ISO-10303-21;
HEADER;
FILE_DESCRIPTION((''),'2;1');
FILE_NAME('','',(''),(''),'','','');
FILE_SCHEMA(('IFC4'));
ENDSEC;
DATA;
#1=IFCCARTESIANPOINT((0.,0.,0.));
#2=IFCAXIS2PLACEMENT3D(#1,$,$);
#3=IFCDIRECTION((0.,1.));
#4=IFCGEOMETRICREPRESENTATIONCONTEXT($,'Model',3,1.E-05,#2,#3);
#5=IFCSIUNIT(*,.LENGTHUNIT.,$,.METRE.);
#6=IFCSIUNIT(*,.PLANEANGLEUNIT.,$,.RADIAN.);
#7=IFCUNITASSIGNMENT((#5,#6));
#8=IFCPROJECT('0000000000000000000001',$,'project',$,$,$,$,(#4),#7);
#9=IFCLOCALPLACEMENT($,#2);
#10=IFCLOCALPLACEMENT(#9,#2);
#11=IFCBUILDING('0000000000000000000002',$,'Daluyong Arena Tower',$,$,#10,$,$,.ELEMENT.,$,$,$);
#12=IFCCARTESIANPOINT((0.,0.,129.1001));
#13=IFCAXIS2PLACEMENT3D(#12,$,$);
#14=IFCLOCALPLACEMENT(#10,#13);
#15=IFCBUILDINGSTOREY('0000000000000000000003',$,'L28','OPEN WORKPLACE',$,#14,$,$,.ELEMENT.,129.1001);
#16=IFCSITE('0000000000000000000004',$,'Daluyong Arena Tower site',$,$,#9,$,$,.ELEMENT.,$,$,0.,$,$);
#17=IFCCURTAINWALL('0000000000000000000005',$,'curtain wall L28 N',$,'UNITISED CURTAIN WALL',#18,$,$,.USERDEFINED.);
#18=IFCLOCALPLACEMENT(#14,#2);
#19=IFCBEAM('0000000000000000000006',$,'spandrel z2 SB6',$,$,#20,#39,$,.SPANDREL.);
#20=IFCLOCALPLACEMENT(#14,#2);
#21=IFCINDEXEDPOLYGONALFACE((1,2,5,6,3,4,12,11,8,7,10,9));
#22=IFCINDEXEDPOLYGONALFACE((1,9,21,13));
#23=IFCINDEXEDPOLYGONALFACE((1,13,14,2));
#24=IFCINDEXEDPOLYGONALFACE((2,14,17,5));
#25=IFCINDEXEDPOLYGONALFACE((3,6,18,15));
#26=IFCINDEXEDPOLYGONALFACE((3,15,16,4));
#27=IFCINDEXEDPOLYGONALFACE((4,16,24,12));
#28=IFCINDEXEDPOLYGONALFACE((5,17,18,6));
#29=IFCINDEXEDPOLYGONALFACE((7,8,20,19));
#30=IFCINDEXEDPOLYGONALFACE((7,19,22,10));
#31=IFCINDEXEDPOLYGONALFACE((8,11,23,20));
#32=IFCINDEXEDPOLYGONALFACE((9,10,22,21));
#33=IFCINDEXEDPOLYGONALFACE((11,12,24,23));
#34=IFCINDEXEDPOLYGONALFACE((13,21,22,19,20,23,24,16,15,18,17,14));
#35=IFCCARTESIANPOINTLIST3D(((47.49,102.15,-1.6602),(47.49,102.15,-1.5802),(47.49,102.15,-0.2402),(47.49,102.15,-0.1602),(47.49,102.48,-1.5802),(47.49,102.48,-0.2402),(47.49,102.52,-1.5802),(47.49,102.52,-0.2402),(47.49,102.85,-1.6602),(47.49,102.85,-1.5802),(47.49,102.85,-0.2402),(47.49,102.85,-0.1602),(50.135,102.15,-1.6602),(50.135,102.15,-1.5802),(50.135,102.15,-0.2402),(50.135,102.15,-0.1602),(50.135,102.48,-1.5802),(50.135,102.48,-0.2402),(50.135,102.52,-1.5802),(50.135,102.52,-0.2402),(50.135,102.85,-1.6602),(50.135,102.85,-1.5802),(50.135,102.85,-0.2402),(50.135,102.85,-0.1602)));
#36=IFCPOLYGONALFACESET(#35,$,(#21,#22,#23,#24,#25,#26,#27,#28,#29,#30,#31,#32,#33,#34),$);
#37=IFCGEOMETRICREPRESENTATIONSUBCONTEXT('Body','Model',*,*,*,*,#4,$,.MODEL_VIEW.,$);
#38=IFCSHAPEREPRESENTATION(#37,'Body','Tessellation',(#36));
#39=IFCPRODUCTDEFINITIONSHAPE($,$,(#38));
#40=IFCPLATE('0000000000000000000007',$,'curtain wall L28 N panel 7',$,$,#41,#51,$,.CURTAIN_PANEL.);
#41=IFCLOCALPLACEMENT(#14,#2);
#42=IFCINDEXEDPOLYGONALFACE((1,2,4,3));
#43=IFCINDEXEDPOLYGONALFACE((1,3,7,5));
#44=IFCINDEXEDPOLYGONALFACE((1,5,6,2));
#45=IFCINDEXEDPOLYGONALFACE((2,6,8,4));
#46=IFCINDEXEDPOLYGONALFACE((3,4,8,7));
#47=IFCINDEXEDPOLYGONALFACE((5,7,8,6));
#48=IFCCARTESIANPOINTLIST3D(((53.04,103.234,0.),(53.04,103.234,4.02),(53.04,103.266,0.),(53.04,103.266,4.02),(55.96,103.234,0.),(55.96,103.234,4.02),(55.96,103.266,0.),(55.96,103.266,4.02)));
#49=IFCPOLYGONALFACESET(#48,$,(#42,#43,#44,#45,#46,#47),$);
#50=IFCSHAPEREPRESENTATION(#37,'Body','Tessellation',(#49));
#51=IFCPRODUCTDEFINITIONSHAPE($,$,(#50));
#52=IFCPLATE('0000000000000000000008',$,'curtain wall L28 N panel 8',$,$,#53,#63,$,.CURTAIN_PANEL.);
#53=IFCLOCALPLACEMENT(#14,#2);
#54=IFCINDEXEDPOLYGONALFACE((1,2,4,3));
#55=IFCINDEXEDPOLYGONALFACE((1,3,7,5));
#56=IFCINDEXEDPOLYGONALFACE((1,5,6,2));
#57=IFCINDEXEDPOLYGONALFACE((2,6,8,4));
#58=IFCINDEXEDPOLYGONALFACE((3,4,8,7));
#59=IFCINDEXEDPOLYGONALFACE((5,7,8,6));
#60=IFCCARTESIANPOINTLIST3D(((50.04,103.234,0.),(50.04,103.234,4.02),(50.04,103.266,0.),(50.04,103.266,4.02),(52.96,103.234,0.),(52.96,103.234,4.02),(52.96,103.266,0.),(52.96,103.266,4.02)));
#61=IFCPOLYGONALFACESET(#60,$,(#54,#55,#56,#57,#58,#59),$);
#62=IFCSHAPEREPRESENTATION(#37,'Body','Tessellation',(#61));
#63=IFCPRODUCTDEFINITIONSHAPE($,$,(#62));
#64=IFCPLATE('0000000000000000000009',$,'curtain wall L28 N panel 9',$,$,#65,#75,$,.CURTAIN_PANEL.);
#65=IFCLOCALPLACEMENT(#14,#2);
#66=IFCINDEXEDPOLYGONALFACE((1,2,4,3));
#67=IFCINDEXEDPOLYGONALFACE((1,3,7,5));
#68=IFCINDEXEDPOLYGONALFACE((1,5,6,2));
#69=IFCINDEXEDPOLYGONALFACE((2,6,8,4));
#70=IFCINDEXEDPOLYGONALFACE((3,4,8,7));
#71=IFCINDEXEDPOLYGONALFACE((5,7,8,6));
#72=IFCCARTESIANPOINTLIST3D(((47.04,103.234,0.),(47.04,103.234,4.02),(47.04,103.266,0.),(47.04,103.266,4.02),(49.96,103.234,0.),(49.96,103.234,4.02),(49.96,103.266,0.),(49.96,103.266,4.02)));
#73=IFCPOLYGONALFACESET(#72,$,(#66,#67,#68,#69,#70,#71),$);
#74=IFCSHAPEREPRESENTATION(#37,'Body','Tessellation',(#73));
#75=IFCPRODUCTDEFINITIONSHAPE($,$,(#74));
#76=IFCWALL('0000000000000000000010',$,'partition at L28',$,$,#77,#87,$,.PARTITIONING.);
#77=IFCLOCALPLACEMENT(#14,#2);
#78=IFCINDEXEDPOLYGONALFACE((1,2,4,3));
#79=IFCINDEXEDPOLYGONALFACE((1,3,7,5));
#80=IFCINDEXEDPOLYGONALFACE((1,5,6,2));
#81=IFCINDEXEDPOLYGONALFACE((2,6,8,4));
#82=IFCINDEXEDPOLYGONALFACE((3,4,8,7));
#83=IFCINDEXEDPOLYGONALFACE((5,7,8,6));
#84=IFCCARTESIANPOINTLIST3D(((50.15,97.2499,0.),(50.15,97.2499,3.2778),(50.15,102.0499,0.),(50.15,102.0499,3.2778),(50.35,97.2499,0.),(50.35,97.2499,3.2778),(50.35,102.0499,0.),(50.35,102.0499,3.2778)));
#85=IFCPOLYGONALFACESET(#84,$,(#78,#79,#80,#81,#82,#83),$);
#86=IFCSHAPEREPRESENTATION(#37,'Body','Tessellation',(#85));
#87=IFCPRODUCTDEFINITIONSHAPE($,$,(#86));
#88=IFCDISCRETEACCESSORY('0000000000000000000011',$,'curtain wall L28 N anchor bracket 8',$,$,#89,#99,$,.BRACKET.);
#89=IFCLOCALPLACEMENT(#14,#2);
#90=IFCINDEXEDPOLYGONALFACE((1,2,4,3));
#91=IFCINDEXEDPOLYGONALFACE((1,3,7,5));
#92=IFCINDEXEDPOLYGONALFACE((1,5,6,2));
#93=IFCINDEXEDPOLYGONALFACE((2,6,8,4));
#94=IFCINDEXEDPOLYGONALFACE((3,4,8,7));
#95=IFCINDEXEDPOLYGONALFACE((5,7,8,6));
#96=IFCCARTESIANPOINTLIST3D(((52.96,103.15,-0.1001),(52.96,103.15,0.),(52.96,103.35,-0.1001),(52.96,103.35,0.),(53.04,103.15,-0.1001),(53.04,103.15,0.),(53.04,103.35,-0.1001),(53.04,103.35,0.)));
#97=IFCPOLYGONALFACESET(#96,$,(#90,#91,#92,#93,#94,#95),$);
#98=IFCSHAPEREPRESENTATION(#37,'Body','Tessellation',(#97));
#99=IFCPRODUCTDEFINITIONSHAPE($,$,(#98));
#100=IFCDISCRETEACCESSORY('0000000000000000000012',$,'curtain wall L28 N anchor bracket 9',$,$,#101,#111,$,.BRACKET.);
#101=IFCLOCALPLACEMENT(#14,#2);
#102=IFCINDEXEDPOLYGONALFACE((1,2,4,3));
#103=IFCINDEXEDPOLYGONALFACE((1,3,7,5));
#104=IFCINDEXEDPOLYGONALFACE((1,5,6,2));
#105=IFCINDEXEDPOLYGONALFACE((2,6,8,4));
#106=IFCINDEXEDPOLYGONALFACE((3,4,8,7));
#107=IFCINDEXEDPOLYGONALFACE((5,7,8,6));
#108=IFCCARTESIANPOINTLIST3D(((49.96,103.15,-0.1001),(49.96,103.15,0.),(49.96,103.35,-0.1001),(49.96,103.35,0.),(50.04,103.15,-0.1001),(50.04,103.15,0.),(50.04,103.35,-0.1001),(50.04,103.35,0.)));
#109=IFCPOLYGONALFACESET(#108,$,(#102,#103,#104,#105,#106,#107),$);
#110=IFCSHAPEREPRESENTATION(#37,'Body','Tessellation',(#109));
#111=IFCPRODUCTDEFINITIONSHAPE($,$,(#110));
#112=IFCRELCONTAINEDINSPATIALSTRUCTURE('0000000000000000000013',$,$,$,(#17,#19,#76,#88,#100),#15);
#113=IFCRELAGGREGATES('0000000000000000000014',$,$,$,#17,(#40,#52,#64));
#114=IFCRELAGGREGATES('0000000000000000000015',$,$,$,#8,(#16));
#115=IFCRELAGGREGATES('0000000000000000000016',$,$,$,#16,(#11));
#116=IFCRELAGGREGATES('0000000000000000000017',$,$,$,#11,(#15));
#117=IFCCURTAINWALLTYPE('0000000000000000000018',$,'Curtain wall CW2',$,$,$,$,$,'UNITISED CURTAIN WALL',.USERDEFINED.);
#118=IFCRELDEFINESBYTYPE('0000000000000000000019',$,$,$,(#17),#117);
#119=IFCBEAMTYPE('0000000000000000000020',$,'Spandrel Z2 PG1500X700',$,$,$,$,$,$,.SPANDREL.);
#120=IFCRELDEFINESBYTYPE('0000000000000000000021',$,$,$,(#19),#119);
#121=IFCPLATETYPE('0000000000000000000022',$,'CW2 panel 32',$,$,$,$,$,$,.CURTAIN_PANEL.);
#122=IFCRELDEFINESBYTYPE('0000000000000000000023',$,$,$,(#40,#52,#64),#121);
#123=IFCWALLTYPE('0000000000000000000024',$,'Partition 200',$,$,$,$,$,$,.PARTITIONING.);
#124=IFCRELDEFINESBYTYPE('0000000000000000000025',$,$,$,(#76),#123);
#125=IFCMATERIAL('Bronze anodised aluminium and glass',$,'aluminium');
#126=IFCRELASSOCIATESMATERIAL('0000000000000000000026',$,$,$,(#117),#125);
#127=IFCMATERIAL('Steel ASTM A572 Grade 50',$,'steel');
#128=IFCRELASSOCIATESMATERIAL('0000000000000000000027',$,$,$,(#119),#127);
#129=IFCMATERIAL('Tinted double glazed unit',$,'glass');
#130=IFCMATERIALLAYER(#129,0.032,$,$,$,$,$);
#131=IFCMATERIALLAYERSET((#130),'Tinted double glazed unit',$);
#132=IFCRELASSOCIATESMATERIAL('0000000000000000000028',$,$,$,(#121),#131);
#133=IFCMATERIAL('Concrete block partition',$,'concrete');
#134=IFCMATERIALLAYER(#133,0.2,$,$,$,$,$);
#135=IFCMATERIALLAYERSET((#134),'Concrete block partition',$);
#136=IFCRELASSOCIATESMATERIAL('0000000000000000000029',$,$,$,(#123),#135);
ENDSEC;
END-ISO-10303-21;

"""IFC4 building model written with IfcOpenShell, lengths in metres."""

from ifc_helpers import new_model, si_unit, direction, frame, frame_2d, origin, origin_2d, place, context, subcontext, project, spatial, rectangle, i_section, extrude, material, layer, layer_set, material_profile, profile_set, type_object, element, aggregate, save


model = new_model("IFC4")

# Units and contexts
model_context = context("Model", 3, precision=1e-05, world=origin(), true_north=direction((0.0, 1.0)))
body_context = subcontext(model_context, "Body", "Model", "MODEL_VIEW")
ifc_project = project(units=[si_unit("LENGTHUNIT", "METRE"), si_unit("PLANEANGLEUNIT", "RADIAN")], contexts=[model_context])

# Site, building, storey
site_placement = place(None, origin())
site = spatial("IfcSite", under=ifc_project, at=site_placement, Name="Daluyong Arena Tower site", CompositionType="ELEMENT", RefElevation=0.0)
building_placement = place(site_placement, origin())
building = spatial("IfcBuilding", under=site, at=building_placement, Name="Daluyong Arena Tower", CompositionType="ELEMENT")
storey_placement = place(building_placement, frame((0.0, 0.0, 129.1001)))
storey = spatial("IfcBuildingStorey", under=building, at=storey_placement, Name="L28", Description="OPEN WORKPLACE", CompositionType="ELEMENT", Elevation=129.1001)

# Curtain wall
ifc_material_1 = material(Name="Bronze anodised aluminium and glass", Category="aluminium")
curtain_wall_type = type_object("IfcCurtainWallType", Name="Curtain wall CW2", ElementType="UNITISED CURTAIN WALL", PredefinedType="USERDEFINED", material=ifc_material_1)
curtain_wall_placement = place(storey_placement, origin())
curtain_wall = element("IfcCurtainWall", 1, at=curtain_wall_placement, inside=storey, type_object=curtain_wall_type, Name="curtain wall L28 N", ObjectType="UNITISED CURTAIN WALL", PredefinedType="USERDEFINED")

# Beam
ifc_material_2 = material(Name="Steel ASTM A572 Grade 50", Category="steel")
ifc_material_profile_1 = material_profile(ifc_material_2, i_section(OverallWidth=0.7, OverallDepth=1.5, WebThickness=0.04, FlangeThickness=0.08, at=origin_2d()))
ifc_profile_set_1 = profile_set([ifc_material_profile_1], Name="Steel ASTM A572 Grade 50")
beam_type_1 = type_object("IfcBeamType", Name="Spandrel Z2 PG1500X700", PredefinedType="SPANDREL", material=ifc_profile_set_1)
for number, where, z_axis, x_axis, name in (
    (2, (50.135, 102.5, -0.9102), (-1.0, 0.0, 0.0), (0.0, -1.0, 0.0), "spandrel z2 SB6"),
):
    element("IfcBeam", number, at=place(storey_placement, frame(where, z_axis=z_axis, x_axis=x_axis)), inside=storey, type_object=beam_type_1, Name=name, PredefinedType="SPANDREL", context=body_context, shape_type="SweptSolid", body=[
        extrude(i_section(OverallWidth=0.7, OverallDepth=1.5, WebThickness=0.04, FlangeThickness=0.08, at=origin_2d()), origin(), (0.0, 0.0, 1.0), 2.645),
    ])

# Plates
ifc_material_3 = material(Name="Tinted double glazed unit", Category="glass")
ifc_layer_1 = layer(ifc_material_3, 0.032)
ifc_layer_set_1 = layer_set([ifc_layer_1], Name="Tinted double glazed unit")
plate_type = type_object("IfcPlateType", Name="CW2 panel 32", PredefinedType="CURTAIN_PANEL", material=ifc_layer_set_1)
plate_1_placement = place(storey_placement, frame((54.5, 103.25, 0.0), z_axis=(0.0, 0.0, 1.0), x_axis=(-1.0, 0.0, 0.0)))
plate_1 = element("IfcPlate", 3, at=plate_1_placement, type_object=plate_type, Name="curtain wall L28 N panel 7", PredefinedType="CURTAIN_PANEL", context=body_context, shape_type="SweptSolid", body=[
    extrude(rectangle(XDim=2.9199, YDim=0.032, at=origin_2d()), origin(), (0.0, 0.0, 1.0), 4.02),
])
plate_2_placement = place(storey_placement, frame((51.5, 103.25, 0.0), z_axis=(0.0, 0.0, 1.0), x_axis=(-1.0, 0.0, 0.0)))
plate_2 = element("IfcPlate", 4, at=plate_2_placement, type_object=plate_type, Name="curtain wall L28 N panel 8", PredefinedType="CURTAIN_PANEL", context=body_context, shape_type="SweptSolid", body=[
    extrude(rectangle(XDim=2.9199, YDim=0.032, at=origin_2d()), origin(), (0.0, 0.0, 1.0), 4.02),
])
plate_3_placement = place(storey_placement, frame((48.5, 103.25, 0.0), z_axis=(0.0, 0.0, 1.0), x_axis=(-1.0, 0.0, 0.0)))
plate_3 = element("IfcPlate", 5, at=plate_3_placement, type_object=plate_type, Name="curtain wall L28 N panel 9", PredefinedType="CURTAIN_PANEL", context=body_context, shape_type="SweptSolid", body=[
    extrude(rectangle(XDim=2.9199, YDim=0.032, at=origin_2d()), origin(), (0.0, 0.0, 1.0), 4.02),
])
aggregate(curtain_wall, [plate_1, plate_2, plate_3])

# Wall
ifc_material_4 = material(Name="Concrete block partition", Category="concrete")
ifc_layer_2 = layer(ifc_material_4, 0.2)
ifc_layer_set_2 = layer_set([ifc_layer_2], Name="Concrete block partition")
wall_type = type_object("IfcWallType", Name="Partition 200", PredefinedType="PARTITIONING", material=ifc_layer_set_2)
wall_placement = place(storey_placement, frame((50.25, 97.25, 0.0), z_axis=(0.0, 0.0, 1.0), x_axis=(0.0, 1.0, 0.0)))
element("IfcWall", 6, at=wall_placement, inside=storey, type_object=wall_type, Name="partition at L28", PredefinedType="PARTITIONING", context=body_context, shape_type="SweptSolid", body=[
    extrude(rectangle(XDim=4.8, YDim=0.2, at=frame_2d((2.3999, 0.0))), origin(), (0.0, 0.0, 1.0), 3.2778),
])

# Discrete accessories
for number, where, z_axis, x_axis, name in (
    (7, (53.0, 103.25, -0.1001), (0.0, 0.0, 1.0), (-1.0, 0.0, 0.0), "curtain wall L28 N anchor bracket 8"),
    (8, (50.0, 103.25, -0.1001), (0.0, 0.0, 1.0), (-1.0, 0.0, 0.0), "curtain wall L28 N anchor bracket 9"),
):
    element("IfcDiscreteAccessory", number, at=place(storey_placement, frame(where, z_axis=z_axis, x_axis=x_axis)), inside=storey, Name=name, PredefinedType="BRACKET", context=body_context, shape_type="SweptSolid", body=[
        extrude(rectangle(XDim=0.0801, YDim=0.2, at=origin_2d()), origin(), (0.0, 0.0, 1.0), 0.1001),
    ])

save(model, "model.ifc")
